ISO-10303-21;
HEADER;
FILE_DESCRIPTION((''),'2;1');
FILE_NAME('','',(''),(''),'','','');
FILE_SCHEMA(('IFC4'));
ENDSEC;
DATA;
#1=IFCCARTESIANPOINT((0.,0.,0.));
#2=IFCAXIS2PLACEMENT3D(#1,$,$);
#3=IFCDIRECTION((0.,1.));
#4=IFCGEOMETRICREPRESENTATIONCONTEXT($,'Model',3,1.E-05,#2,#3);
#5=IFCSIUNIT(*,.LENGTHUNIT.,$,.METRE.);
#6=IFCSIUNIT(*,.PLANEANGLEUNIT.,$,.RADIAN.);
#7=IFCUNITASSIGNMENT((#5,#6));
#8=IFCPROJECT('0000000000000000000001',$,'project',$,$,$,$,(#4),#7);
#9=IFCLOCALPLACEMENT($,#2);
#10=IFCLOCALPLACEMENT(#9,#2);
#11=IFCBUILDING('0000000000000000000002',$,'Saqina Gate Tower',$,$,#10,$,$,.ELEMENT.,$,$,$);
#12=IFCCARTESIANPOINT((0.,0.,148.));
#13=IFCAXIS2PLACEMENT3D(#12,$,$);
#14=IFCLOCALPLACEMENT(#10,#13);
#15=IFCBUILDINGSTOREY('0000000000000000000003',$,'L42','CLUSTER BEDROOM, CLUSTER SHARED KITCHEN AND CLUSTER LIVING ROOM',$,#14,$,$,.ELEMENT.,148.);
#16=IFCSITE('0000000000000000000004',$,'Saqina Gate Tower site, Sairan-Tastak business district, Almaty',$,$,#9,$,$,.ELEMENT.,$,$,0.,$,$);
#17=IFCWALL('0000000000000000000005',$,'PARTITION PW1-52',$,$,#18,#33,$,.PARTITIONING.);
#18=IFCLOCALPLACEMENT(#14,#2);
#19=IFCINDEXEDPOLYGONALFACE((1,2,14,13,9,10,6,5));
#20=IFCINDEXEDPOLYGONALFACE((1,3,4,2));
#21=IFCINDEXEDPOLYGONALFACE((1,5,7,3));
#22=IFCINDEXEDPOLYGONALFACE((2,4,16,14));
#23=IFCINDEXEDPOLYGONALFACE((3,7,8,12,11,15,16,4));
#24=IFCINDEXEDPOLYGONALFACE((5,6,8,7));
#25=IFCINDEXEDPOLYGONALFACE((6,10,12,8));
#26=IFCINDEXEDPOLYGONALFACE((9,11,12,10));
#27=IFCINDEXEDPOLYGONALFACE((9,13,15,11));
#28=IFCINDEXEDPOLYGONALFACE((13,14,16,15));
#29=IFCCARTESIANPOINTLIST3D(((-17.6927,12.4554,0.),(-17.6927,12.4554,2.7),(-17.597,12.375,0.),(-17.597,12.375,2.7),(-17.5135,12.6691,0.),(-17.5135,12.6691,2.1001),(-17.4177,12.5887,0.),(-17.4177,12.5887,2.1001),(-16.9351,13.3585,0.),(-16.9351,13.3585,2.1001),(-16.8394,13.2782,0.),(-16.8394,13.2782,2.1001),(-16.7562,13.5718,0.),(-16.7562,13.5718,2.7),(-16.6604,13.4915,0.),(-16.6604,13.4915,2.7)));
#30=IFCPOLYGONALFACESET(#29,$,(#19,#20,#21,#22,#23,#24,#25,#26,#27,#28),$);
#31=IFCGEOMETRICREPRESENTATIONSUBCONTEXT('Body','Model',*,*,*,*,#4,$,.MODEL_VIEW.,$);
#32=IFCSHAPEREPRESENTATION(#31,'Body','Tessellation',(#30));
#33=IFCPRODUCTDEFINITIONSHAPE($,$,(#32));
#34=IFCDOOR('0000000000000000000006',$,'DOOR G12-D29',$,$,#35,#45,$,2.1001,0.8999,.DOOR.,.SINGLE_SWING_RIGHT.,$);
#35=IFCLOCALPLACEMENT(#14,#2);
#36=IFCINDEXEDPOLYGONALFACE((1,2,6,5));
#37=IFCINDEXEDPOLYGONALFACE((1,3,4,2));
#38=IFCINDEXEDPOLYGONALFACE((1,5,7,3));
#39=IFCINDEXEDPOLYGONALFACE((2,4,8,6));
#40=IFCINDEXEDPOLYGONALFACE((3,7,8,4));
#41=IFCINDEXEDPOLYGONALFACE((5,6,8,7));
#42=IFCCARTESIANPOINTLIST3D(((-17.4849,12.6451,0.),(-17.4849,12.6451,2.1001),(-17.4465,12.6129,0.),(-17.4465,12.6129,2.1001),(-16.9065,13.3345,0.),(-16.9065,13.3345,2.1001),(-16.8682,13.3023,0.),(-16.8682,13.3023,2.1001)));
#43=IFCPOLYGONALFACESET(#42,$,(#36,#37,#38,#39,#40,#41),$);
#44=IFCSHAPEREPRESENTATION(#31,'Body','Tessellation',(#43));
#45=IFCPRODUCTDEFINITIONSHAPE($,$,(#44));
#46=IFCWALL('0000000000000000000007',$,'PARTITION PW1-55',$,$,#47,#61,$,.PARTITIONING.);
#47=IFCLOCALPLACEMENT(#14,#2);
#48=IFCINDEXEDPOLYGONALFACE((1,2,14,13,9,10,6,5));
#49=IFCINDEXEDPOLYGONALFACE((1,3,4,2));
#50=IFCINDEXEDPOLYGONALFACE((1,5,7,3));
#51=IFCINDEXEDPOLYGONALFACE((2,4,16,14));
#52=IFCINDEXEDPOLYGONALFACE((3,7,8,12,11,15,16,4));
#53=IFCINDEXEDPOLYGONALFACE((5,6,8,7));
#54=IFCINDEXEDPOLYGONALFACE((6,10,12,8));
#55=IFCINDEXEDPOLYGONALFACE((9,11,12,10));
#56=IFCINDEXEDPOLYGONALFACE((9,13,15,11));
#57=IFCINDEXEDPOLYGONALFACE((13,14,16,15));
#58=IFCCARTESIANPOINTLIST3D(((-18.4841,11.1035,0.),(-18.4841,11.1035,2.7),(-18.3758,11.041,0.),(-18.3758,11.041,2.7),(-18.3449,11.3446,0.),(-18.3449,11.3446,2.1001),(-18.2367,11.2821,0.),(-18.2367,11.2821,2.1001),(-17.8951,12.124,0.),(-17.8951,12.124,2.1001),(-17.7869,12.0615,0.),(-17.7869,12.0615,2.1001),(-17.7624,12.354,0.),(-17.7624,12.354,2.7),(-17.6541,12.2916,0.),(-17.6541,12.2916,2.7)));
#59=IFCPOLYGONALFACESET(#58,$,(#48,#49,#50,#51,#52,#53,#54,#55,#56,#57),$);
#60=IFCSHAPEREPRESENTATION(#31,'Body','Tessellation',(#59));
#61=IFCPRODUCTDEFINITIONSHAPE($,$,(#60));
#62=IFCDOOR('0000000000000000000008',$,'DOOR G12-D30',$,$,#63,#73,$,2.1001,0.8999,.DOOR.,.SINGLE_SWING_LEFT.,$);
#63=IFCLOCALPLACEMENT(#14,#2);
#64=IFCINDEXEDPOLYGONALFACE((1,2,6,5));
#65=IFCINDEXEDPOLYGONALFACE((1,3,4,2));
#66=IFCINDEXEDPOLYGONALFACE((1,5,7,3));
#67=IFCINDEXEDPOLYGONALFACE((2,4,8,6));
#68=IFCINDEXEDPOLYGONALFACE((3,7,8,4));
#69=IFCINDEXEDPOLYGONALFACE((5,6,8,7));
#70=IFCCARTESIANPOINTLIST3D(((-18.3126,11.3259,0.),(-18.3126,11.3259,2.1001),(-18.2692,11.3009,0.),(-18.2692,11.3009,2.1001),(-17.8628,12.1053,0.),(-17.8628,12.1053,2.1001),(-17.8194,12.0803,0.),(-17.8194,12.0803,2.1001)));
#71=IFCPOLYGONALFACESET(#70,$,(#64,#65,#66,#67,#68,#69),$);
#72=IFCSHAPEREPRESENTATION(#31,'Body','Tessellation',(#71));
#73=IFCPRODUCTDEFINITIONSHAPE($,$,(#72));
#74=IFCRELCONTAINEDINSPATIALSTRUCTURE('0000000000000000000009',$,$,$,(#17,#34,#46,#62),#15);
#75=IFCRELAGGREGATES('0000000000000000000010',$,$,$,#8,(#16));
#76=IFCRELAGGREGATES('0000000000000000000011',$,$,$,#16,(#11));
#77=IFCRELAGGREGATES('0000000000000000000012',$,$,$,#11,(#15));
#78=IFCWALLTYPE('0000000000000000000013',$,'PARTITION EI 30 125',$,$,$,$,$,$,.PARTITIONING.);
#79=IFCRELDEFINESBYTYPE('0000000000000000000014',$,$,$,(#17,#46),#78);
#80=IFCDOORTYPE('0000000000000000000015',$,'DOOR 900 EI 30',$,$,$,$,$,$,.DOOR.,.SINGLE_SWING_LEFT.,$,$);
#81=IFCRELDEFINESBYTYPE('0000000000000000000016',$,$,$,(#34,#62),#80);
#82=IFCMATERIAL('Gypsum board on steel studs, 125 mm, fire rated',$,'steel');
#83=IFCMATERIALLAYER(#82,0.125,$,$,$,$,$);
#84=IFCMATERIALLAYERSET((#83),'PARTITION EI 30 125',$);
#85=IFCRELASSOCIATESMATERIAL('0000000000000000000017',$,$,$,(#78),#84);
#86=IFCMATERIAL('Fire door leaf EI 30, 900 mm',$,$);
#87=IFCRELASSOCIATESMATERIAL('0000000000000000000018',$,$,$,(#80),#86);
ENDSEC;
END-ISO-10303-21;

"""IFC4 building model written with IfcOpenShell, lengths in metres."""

from ifc_helpers import new_model, si_unit, direction, frame, frame_2d, origin, place, context, subcontext, project, spatial, rectangle, extrude, material, layer, layer_set, type_object, element, fill, save


model = new_model("IFC4")

# Units and contexts
model_context = context("Model", 3, precision=1e-05, world=origin(), true_north=direction((0.0, 1.0)))
body_context = subcontext(model_context, "Body", "Model", "MODEL_VIEW")
ifc_project = project(units=[si_unit("LENGTHUNIT", "METRE"), si_unit("PLANEANGLEUNIT", "RADIAN")], contexts=[model_context])

# Site, building, storey
site_placement = place(None, origin())
site = spatial("IfcSite", under=ifc_project, at=site_placement, Name="Saqina Gate Tower site, Sairan-Tastak business district, Almaty", CompositionType="ELEMENT", RefElevation=0.0)
building_placement = place(site_placement, origin())
building = spatial("IfcBuilding", under=site, at=building_placement, Name="Saqina Gate Tower", CompositionType="ELEMENT")
storey_placement = place(building_placement, frame((0.0, 0.0, 148.0)))
storey = spatial("IfcBuildingStorey", under=building, at=storey_placement, Name="L42", Description="CLUSTER BEDROOM, CLUSTER SHARED KITCHEN AND CLUSTER LIVING ROOM", CompositionType="ELEMENT", Elevation=148.0)

# Shared definitions
ifc_material_1 = material(Name="Gypsum board on steel studs, 125 mm, fire rated", Category="steel")
ifc_layer_1 = layer(ifc_material_1, 0.125)
ifc_layer_set_1 = layer_set([ifc_layer_1], Name="PARTITION EI 30 125")
wall_type_1 = type_object("IfcWallType", Name="PARTITION EI 30 125", PredefinedType="PARTITIONING", material=ifc_layer_set_1)

# Walls, openings, doors
wall_1_placement = place(storey_placement, frame((-17.6448, 12.4153, 0.0), z_axis=(0.0, 0.0, 1.0), x_axis=(0.642669, 0.766144, 0.0)))
wall_1 = element("IfcWall", 1, at=wall_1_placement, inside=storey, type_object=wall_type_1, Name="PARTITION PW1-52", PredefinedType="PARTITIONING", context=body_context, shape_type="SweptSolid", body=[
    extrude(rectangle(XDim=1.4573, YDim=0.125, at=frame_2d((0.7285, 0.0))), origin(), (0.0, 0.0, 1.0), 2.7),
])
opening_1_placement = place(wall_1_placement, frame((0.2788, 0.0, 0.0)))
opening_1 = element("IfcOpeningElement", 2, at=opening_1_placement, cuts=wall_1, PredefinedType="OPENING", context=body_context, shape_type="SweptSolid", body=[
    extrude(rectangle(XDim=0.8999, YDim=2.1001, at=frame_2d((0.45, 1.05))), frame((0.0, 0.0745, 0.0), z_axis=(0.0, -1.0, 0.0), x_axis=(1.0, 0.0, 0.0)), (0.0, 0.0, 1.0), 0.1489),
])
ifc_material_2 = material(Name="Fire door leaf EI 30, 900 mm")
door_type_1 = type_object("IfcDoorType", Name="DOOR 900 EI 30", OperationType="SINGLE_SWING_LEFT", PredefinedType="DOOR", material=ifc_material_2)
door_1_placement = place(opening_1_placement, frame((0.8999, 0.0, 0.0), z_axis=(0.0, 0.0, 1.0), x_axis=(-1.0, 0.0, 0.0)))
door_1 = element("IfcDoor", 3, at=door_1_placement, inside=storey, type_object=door_type_1, Name="DOOR G12-D29", OperationType="SINGLE_SWING_RIGHT", OverallHeight=2.1001, OverallWidth=0.8999, PredefinedType="DOOR", context=body_context, shape_type="SweptSolid", body=[
    extrude(rectangle(XDim=0.8999, YDim=2.1001, at=frame_2d((0.45, 1.05))), frame((0.0, 0.0249, 0.0), z_axis=(0.0, -1.0, 0.0), x_axis=(1.0, 0.0, 0.0)), (0.0, 0.0, 1.0), 0.05),
])
fill(opening_1, door_1)
wall_2_placement = place(storey_placement, frame((-18.4299, 11.0723, 0.0), z_axis=(0.0, 0.0, 1.0), x_axis=(0.499849, 0.866112, 0.0)))
wall_2 = element("IfcWall", 4, at=wall_2_placement, inside=storey, type_object=wall_type_1, Name="PARTITION PW1-55", PredefinedType="PARTITIONING", context=body_context, shape_type="SweptSolid", body=[
    extrude(rectangle(XDim=1.4438, YDim=0.125, at=frame_2d((0.7219, 0.0))), origin(), (0.0, 0.0, 1.0), 2.7),
])
opening_2_placement = place(wall_2_placement, frame((0.2783, 0.0, 0.0)))
opening_2 = element("IfcOpeningElement", 5, at=opening_2_placement, cuts=wall_2, PredefinedType="OPENING", context=body_context, shape_type="SweptSolid", body=[
    extrude(rectangle(XDim=0.8999, YDim=2.1001, at=frame_2d((0.45, 1.05))), frame((0.0, 0.0745, 0.0), z_axis=(0.0, -1.0, 0.0), x_axis=(1.0, 0.0, 0.0)), (0.0, 0.0, 1.0), 0.1489),
])
door_2_placement = place(opening_2_placement, frame((0.8999, 0.0, 0.0), z_axis=(0.0, 0.0, 1.0), x_axis=(-1.0, 0.0, 0.0)))
door_2 = element("IfcDoor", 6, at=door_2_placement, inside=storey, type_object=door_type_1, Name="DOOR G12-D30", OperationType="SINGLE_SWING_LEFT", OverallHeight=2.1001, OverallWidth=0.8999, PredefinedType="DOOR", context=body_context, shape_type="SweptSolid", body=[
    extrude(rectangle(XDim=0.8999, YDim=2.1001, at=frame_2d((0.45, 1.05))), frame((0.0, 0.0249, 0.0), z_axis=(0.0, -1.0, 0.0), x_axis=(1.0, 0.0, 0.0)), (0.0, 0.0, 1.0), 0.05),
])
fill(opening_2, door_2)

save(model, "model.ifc")
